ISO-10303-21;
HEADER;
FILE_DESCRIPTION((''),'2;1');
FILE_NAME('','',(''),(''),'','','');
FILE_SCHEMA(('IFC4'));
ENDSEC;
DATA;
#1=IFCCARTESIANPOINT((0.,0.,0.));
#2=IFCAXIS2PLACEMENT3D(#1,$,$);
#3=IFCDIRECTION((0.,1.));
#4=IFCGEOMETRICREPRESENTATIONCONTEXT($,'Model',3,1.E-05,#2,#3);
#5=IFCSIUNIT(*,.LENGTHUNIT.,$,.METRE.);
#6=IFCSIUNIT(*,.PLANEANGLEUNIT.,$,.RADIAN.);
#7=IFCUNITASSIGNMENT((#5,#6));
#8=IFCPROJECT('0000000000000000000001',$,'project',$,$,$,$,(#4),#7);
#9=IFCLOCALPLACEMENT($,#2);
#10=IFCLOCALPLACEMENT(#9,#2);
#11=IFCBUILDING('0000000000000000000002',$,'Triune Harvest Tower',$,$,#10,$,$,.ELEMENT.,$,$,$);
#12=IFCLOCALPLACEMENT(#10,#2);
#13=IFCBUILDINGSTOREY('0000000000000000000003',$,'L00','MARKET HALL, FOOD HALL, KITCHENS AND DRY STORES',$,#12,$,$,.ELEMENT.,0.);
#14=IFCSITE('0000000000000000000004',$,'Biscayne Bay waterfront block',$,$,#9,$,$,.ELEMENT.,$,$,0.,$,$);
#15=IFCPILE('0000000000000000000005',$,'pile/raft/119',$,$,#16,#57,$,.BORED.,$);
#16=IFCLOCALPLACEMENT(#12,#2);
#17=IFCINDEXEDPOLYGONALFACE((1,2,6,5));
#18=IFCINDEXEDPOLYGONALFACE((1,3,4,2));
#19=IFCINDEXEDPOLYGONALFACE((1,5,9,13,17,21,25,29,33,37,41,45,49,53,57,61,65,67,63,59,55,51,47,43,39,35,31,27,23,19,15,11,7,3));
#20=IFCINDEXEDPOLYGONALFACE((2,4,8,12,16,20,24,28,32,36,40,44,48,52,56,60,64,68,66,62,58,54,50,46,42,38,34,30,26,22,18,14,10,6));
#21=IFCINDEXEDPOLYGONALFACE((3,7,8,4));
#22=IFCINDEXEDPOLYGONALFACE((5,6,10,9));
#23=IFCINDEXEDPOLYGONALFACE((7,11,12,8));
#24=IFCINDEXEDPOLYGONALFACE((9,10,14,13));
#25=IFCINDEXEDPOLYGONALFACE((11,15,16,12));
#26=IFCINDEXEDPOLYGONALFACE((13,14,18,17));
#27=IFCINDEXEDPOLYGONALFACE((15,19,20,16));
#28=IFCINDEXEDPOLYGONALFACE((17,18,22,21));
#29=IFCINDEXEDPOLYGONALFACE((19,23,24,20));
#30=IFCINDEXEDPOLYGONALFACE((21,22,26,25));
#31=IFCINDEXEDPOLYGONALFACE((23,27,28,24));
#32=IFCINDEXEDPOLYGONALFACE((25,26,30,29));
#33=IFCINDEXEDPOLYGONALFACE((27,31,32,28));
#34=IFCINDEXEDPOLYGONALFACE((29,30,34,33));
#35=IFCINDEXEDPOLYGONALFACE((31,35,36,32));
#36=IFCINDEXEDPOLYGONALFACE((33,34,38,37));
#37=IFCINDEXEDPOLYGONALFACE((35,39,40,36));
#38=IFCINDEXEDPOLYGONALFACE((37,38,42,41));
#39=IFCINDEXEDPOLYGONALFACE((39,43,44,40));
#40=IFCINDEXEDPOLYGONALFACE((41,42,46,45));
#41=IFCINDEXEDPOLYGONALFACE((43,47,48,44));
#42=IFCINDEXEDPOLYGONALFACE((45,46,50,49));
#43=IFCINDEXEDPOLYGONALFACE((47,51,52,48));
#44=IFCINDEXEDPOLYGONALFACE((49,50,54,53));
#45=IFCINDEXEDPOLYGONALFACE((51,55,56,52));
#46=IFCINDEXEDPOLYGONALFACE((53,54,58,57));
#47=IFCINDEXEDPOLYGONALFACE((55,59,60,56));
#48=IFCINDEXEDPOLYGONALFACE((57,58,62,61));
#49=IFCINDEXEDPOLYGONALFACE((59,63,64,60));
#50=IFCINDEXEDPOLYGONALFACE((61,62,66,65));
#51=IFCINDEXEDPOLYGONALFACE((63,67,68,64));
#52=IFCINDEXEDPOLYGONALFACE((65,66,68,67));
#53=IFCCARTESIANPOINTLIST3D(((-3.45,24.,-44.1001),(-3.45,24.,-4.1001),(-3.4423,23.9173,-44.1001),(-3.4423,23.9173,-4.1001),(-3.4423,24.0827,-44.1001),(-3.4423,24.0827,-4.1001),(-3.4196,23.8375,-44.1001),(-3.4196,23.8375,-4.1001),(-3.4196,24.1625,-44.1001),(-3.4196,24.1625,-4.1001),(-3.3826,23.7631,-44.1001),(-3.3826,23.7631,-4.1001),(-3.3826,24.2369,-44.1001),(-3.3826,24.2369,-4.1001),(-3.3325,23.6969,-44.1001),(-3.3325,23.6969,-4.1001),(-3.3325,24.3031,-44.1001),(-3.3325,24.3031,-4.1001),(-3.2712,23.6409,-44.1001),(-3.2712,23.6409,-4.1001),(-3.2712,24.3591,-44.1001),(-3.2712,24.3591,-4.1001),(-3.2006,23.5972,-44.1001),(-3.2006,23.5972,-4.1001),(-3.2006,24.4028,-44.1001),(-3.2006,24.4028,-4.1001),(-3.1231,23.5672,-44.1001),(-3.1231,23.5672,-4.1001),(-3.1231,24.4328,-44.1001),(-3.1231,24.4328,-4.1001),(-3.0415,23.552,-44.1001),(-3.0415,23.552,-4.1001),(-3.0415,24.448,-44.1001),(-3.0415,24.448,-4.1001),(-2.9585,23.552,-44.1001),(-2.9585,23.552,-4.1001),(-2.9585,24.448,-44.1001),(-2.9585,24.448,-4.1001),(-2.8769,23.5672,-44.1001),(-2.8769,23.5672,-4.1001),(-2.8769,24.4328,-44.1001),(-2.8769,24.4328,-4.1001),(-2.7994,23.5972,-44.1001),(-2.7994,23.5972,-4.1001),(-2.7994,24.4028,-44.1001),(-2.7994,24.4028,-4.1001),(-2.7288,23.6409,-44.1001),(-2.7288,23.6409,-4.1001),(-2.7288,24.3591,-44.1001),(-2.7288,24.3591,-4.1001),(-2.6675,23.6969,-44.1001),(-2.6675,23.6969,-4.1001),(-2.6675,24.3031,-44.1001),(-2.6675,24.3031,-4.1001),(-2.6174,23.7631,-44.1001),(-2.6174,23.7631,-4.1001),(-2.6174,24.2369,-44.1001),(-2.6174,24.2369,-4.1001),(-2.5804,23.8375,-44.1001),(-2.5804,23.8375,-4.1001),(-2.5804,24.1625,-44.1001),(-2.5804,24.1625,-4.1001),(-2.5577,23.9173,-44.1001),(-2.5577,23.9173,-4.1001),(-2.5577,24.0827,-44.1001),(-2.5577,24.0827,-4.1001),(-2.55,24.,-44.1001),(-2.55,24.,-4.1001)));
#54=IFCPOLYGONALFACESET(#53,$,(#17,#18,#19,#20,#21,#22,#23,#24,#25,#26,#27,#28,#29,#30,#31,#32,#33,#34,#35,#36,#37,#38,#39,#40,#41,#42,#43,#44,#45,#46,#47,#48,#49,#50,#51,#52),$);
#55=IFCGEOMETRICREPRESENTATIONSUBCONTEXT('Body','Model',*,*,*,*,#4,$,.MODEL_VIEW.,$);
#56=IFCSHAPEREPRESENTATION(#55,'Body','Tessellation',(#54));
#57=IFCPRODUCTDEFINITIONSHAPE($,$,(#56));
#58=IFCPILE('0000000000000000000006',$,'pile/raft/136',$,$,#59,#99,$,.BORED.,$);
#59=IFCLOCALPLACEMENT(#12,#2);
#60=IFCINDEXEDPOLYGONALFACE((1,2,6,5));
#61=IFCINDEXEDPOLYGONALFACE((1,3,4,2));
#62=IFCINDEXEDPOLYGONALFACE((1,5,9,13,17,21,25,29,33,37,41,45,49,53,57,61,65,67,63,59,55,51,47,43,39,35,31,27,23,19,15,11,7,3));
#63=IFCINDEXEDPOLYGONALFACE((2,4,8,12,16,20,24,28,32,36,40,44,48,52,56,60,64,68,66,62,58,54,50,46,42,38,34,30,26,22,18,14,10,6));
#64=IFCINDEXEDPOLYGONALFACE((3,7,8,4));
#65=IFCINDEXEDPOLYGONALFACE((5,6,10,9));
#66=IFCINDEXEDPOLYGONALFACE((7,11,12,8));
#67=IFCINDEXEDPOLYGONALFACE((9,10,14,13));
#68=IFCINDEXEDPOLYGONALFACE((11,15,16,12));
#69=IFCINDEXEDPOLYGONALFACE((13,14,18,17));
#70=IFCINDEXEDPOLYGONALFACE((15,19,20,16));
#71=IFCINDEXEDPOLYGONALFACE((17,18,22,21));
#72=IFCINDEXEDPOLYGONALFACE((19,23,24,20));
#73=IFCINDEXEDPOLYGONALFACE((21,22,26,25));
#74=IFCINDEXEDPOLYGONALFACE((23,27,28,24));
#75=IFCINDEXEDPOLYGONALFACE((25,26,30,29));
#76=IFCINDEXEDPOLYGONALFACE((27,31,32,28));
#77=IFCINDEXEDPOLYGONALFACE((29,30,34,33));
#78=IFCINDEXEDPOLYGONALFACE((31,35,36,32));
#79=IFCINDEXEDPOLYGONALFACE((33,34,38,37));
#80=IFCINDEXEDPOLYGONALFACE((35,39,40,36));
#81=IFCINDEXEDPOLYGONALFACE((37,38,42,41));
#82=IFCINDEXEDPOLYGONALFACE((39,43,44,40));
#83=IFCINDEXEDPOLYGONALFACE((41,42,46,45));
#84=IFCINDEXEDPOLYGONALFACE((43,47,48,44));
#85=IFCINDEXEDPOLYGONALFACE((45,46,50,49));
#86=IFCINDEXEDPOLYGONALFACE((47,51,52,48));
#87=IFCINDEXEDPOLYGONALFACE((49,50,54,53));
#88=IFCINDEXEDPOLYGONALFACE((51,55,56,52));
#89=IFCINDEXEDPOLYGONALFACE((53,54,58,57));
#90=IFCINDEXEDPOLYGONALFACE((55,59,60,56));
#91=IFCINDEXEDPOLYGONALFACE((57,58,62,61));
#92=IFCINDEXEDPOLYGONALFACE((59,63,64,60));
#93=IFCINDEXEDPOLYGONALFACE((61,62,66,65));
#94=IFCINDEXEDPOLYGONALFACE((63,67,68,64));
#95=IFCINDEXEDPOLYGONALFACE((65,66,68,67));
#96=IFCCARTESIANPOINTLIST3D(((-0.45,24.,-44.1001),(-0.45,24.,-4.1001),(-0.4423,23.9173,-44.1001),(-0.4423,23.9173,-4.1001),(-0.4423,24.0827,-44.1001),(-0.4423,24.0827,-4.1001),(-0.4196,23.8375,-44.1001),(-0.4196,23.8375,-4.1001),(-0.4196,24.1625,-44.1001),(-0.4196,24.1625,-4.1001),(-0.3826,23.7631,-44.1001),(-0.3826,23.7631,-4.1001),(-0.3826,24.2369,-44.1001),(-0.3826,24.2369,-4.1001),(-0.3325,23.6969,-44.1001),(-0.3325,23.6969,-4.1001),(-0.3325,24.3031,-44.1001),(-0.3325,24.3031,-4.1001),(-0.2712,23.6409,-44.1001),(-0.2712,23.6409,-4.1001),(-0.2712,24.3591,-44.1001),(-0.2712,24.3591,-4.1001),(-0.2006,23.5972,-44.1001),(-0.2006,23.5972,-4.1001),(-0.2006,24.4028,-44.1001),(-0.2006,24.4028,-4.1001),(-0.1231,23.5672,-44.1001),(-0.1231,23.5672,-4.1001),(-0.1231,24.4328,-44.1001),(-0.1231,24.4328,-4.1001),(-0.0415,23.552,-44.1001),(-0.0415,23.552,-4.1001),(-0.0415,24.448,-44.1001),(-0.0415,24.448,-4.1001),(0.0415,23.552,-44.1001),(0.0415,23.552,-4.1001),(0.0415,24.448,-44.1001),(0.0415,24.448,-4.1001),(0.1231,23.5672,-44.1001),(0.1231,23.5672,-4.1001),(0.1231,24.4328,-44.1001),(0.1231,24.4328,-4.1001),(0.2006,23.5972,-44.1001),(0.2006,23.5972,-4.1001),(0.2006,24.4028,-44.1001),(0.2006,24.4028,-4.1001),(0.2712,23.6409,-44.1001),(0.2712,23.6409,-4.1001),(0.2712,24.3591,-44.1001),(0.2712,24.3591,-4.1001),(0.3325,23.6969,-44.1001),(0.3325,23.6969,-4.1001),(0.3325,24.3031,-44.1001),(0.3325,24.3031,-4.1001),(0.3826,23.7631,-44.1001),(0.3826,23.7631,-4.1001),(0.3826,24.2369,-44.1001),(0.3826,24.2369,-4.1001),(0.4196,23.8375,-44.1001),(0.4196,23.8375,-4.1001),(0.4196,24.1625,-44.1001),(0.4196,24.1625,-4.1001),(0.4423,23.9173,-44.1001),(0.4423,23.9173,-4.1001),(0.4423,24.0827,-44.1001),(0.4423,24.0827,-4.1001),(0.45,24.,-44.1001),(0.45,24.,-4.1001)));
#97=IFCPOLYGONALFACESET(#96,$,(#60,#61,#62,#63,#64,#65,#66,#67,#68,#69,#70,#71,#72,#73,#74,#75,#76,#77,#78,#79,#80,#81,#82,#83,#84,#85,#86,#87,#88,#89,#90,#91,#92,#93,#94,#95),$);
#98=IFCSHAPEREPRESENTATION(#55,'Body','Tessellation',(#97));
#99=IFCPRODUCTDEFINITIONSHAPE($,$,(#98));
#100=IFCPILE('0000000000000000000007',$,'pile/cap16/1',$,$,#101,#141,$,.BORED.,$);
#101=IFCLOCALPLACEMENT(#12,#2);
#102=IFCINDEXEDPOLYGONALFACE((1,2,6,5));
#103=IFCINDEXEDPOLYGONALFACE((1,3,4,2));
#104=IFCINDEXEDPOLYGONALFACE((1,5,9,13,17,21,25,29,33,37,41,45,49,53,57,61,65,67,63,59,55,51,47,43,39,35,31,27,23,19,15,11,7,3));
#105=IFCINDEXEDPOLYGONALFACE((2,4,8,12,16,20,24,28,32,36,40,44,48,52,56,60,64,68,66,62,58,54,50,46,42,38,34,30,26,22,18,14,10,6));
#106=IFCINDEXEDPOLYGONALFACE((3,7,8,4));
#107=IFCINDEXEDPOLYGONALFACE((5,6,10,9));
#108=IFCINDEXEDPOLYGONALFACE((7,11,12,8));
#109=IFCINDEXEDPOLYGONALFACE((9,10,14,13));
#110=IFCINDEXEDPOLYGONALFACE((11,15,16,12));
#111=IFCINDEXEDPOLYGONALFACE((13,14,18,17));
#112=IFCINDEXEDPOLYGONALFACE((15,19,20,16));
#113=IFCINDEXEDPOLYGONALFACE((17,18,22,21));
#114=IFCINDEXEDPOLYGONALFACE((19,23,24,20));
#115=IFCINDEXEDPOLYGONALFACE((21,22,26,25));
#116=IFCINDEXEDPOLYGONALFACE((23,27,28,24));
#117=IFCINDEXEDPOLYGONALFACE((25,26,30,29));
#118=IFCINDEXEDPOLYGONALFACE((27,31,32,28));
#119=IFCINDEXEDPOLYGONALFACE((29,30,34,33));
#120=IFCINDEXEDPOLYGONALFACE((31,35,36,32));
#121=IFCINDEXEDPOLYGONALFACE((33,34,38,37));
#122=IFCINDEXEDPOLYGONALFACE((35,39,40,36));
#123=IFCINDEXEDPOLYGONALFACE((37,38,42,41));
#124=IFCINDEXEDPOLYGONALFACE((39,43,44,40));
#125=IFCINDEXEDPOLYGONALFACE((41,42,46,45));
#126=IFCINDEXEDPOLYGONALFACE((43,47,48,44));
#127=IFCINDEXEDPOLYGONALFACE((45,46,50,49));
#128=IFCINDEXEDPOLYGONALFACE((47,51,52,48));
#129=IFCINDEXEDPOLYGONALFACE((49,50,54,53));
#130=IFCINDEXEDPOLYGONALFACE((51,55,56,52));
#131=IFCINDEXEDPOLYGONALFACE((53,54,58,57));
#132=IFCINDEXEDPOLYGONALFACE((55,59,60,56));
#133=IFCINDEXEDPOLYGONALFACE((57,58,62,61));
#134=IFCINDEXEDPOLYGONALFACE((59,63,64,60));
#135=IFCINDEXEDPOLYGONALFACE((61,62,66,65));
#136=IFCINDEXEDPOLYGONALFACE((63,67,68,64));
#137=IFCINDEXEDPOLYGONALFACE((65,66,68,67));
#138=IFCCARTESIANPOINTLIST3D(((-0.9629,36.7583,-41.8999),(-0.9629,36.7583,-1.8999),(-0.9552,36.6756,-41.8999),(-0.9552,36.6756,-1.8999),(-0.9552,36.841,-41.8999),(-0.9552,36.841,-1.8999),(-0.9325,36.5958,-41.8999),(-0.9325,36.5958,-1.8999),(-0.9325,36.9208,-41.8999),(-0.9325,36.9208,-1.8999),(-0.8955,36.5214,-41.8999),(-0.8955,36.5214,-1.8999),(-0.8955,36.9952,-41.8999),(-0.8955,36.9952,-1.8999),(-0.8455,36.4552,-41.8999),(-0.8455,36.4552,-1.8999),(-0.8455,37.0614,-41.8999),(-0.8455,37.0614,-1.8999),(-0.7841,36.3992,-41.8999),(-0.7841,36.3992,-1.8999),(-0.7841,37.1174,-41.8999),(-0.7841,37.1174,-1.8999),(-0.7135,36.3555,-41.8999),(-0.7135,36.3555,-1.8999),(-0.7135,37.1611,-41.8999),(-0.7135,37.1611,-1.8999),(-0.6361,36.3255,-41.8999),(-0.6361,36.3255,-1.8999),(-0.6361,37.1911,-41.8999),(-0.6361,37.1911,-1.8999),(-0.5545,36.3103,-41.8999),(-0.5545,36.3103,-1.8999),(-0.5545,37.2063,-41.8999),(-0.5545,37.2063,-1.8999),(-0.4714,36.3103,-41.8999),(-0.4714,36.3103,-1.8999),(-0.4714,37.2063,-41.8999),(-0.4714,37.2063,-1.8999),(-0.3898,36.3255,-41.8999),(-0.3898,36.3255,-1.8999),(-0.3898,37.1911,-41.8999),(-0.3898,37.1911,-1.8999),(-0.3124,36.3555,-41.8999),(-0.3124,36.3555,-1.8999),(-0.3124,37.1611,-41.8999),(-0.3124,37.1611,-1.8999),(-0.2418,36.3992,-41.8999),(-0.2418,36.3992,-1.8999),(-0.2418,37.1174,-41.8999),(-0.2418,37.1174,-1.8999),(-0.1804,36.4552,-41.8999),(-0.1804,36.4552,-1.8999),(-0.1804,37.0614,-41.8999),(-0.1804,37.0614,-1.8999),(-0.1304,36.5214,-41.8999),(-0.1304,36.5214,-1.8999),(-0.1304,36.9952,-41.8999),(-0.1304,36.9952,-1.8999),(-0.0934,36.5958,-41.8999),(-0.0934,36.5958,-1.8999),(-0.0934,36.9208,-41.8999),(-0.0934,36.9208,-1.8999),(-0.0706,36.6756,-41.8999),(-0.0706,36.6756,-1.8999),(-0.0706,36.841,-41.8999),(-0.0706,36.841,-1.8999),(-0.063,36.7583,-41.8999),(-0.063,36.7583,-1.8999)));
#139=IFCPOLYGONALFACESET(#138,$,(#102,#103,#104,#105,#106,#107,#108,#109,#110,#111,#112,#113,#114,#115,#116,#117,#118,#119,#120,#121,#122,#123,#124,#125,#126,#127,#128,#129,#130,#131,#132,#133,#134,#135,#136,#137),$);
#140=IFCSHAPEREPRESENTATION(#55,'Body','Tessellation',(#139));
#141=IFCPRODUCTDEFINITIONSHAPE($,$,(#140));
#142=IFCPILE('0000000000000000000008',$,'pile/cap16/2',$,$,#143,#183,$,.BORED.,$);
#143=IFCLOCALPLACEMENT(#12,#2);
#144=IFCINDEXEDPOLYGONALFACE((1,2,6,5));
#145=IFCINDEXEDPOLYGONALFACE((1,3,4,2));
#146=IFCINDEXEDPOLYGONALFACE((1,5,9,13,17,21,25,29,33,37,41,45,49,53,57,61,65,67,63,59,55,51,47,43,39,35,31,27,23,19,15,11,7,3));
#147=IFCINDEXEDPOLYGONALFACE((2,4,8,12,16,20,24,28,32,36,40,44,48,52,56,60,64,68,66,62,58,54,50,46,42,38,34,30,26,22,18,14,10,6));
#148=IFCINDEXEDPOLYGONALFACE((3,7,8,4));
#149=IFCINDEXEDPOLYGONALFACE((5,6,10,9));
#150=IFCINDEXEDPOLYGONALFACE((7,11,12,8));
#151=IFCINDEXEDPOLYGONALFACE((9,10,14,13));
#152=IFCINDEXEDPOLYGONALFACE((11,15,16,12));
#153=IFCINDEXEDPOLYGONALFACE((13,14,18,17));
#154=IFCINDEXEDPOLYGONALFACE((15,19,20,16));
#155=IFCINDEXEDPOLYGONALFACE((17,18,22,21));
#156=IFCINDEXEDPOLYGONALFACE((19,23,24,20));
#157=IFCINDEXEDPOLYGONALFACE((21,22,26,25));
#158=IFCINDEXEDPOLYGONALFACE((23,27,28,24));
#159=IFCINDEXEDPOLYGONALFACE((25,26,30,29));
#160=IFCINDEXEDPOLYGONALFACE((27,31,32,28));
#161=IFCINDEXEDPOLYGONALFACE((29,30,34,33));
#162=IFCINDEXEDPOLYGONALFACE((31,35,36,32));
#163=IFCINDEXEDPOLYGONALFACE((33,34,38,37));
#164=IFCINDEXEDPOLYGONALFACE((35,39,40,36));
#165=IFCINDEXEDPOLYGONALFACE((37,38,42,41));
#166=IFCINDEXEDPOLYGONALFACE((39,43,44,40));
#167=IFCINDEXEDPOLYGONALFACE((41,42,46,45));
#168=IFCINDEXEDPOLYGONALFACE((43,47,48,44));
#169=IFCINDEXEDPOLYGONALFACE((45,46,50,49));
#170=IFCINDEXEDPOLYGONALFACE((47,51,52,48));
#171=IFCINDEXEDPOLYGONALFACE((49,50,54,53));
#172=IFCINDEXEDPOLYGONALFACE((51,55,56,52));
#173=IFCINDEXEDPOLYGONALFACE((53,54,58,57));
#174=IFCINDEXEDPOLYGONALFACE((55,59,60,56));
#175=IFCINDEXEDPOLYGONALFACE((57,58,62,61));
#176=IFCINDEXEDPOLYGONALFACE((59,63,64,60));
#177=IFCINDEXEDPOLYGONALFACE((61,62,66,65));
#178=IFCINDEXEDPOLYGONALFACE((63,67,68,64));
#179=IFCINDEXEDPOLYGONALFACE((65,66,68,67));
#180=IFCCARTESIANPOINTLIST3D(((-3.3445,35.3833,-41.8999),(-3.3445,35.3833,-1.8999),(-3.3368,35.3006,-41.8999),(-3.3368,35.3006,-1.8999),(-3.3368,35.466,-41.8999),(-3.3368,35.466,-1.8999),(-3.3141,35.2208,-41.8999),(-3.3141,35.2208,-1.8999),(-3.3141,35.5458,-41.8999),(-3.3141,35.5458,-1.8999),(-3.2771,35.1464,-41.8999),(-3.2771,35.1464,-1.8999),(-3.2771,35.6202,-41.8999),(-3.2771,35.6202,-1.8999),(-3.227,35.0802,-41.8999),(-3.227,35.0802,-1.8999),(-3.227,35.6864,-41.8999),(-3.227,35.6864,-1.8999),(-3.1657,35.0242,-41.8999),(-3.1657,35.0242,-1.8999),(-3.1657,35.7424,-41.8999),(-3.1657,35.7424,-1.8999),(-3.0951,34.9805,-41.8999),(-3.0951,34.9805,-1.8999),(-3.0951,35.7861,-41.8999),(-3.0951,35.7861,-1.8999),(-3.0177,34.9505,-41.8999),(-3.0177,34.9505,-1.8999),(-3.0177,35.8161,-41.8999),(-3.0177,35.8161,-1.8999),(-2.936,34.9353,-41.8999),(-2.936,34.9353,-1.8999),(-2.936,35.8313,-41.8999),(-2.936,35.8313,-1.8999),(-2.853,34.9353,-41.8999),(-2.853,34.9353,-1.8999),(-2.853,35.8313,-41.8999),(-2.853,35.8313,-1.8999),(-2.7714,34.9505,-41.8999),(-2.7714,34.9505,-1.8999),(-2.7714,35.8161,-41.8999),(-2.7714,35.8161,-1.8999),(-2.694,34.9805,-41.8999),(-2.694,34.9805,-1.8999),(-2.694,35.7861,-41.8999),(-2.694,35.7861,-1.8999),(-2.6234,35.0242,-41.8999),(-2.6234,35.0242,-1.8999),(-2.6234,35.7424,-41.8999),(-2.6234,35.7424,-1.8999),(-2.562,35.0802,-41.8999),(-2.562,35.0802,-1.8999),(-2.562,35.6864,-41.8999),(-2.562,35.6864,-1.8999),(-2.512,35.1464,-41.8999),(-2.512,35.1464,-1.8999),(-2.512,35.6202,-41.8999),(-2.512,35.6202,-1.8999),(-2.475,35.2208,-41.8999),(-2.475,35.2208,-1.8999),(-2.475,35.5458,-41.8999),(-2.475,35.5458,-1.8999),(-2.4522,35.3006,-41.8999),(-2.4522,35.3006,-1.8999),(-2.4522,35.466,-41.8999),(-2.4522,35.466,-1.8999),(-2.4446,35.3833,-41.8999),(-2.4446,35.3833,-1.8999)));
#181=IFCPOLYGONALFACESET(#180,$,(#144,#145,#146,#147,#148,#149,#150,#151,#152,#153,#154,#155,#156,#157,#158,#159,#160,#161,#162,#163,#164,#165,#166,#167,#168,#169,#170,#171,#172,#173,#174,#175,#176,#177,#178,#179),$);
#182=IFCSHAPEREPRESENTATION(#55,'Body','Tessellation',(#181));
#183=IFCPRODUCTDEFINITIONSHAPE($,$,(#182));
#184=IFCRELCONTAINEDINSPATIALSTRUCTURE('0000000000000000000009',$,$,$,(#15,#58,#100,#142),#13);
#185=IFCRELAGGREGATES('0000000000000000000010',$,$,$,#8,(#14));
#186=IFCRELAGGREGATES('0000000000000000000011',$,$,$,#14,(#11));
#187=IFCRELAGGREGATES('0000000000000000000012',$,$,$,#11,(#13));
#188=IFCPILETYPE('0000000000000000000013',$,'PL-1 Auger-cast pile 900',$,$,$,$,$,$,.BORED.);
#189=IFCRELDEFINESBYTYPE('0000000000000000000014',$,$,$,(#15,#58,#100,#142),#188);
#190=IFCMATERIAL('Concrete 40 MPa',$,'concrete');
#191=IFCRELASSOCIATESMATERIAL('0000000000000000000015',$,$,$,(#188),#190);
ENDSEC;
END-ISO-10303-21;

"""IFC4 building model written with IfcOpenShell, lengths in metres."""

from ifc_helpers import new_model, si_unit, direction, frame, origin, origin_2d, place, context, subcontext, project, spatial, circle, extrude, source, transform, mapped, material, material_profile, profile_set, type_object, element, save


model = new_model("IFC4")

# Units and contexts
model_context = context("Model", 3, precision=1e-05, world=origin(), true_north=direction((0.0, 1.0)))
body_context = subcontext(model_context, "Body", "Model", "MODEL_VIEW")
ifc_project = project(units=[si_unit("LENGTHUNIT", "METRE"), si_unit("PLANEANGLEUNIT", "RADIAN")], contexts=[model_context])

# Site, building, storey
site_placement = place(None, origin())
site = spatial("IfcSite", under=ifc_project, at=site_placement, Name="Biscayne Bay waterfront block", CompositionType="ELEMENT", RefElevation=0.0)
building_placement = place(site_placement, origin())
building = spatial("IfcBuilding", under=site, at=building_placement, Name="Triune Harvest Tower", CompositionType="ELEMENT")
storey_placement = place(building_placement, origin())
storey = spatial("IfcBuildingStorey", under=building, at=storey_placement, Name="L00", Description="MARKET HALL, FOOD HALL, KITCHENS AND DRY STORES", CompositionType="ELEMENT", Elevation=0.0)

# Piles
ifc_material_1 = material(Name="Concrete 40 MPa", Category="concrete")
ifc_material_profile_1 = material_profile(ifc_material_1, circle(Radius=0.45, at=origin_2d()), Name="Bored 900")
ifc_profile_set_1 = profile_set([ifc_material_profile_1], Name="Concrete 40 MPa")
pile_type = type_object("IfcPileType", Name="PL-1 Auger-cast pile 900", PredefinedType="BORED", material=ifc_profile_set_1)
shared_shape_1 = source(origin(), body_context, "Body", "SweptSolid", [
    extrude(circle(Radius=0.45, at=origin_2d()), origin(), (0.0, 0.0, 1.0), 40.0),
])
for number, where, z_axis, x_axis, name in (
    (1, (-3.0, 24.0, -4.1001), (0.0, 0.0, -1.0), (1.0, 0.0, 0.0), "pile/raft/119"),
    (2, (0.0, 24.0, -4.1001), (0.0, 0.0, -1.0), (1.0, 0.0, 0.0), "pile/raft/136"),
    (3, (-0.5129, 36.7583, -1.8999), (0.0, 0.0, -1.0), (1.0, 0.0, 0.0), "pile/cap16/1"),
    (4, (-2.8945, 35.3833, -1.8999), (0.0, 0.0, -1.0), (1.0, 0.0, 0.0), "pile/cap16/2"),
):
    element("IfcPile", number, at=place(storey_placement, frame(where, z_axis=z_axis, x_axis=x_axis)), inside=storey, type_object=pile_type, Name=name, PredefinedType="BORED", context=body_context, shape_type="MappedRepresentation", body=[
        mapped(shared_shape_1, transform((0.0, 0.0, 0.0), scale=1.0)),
    ])

save(model, "model.ifc")
